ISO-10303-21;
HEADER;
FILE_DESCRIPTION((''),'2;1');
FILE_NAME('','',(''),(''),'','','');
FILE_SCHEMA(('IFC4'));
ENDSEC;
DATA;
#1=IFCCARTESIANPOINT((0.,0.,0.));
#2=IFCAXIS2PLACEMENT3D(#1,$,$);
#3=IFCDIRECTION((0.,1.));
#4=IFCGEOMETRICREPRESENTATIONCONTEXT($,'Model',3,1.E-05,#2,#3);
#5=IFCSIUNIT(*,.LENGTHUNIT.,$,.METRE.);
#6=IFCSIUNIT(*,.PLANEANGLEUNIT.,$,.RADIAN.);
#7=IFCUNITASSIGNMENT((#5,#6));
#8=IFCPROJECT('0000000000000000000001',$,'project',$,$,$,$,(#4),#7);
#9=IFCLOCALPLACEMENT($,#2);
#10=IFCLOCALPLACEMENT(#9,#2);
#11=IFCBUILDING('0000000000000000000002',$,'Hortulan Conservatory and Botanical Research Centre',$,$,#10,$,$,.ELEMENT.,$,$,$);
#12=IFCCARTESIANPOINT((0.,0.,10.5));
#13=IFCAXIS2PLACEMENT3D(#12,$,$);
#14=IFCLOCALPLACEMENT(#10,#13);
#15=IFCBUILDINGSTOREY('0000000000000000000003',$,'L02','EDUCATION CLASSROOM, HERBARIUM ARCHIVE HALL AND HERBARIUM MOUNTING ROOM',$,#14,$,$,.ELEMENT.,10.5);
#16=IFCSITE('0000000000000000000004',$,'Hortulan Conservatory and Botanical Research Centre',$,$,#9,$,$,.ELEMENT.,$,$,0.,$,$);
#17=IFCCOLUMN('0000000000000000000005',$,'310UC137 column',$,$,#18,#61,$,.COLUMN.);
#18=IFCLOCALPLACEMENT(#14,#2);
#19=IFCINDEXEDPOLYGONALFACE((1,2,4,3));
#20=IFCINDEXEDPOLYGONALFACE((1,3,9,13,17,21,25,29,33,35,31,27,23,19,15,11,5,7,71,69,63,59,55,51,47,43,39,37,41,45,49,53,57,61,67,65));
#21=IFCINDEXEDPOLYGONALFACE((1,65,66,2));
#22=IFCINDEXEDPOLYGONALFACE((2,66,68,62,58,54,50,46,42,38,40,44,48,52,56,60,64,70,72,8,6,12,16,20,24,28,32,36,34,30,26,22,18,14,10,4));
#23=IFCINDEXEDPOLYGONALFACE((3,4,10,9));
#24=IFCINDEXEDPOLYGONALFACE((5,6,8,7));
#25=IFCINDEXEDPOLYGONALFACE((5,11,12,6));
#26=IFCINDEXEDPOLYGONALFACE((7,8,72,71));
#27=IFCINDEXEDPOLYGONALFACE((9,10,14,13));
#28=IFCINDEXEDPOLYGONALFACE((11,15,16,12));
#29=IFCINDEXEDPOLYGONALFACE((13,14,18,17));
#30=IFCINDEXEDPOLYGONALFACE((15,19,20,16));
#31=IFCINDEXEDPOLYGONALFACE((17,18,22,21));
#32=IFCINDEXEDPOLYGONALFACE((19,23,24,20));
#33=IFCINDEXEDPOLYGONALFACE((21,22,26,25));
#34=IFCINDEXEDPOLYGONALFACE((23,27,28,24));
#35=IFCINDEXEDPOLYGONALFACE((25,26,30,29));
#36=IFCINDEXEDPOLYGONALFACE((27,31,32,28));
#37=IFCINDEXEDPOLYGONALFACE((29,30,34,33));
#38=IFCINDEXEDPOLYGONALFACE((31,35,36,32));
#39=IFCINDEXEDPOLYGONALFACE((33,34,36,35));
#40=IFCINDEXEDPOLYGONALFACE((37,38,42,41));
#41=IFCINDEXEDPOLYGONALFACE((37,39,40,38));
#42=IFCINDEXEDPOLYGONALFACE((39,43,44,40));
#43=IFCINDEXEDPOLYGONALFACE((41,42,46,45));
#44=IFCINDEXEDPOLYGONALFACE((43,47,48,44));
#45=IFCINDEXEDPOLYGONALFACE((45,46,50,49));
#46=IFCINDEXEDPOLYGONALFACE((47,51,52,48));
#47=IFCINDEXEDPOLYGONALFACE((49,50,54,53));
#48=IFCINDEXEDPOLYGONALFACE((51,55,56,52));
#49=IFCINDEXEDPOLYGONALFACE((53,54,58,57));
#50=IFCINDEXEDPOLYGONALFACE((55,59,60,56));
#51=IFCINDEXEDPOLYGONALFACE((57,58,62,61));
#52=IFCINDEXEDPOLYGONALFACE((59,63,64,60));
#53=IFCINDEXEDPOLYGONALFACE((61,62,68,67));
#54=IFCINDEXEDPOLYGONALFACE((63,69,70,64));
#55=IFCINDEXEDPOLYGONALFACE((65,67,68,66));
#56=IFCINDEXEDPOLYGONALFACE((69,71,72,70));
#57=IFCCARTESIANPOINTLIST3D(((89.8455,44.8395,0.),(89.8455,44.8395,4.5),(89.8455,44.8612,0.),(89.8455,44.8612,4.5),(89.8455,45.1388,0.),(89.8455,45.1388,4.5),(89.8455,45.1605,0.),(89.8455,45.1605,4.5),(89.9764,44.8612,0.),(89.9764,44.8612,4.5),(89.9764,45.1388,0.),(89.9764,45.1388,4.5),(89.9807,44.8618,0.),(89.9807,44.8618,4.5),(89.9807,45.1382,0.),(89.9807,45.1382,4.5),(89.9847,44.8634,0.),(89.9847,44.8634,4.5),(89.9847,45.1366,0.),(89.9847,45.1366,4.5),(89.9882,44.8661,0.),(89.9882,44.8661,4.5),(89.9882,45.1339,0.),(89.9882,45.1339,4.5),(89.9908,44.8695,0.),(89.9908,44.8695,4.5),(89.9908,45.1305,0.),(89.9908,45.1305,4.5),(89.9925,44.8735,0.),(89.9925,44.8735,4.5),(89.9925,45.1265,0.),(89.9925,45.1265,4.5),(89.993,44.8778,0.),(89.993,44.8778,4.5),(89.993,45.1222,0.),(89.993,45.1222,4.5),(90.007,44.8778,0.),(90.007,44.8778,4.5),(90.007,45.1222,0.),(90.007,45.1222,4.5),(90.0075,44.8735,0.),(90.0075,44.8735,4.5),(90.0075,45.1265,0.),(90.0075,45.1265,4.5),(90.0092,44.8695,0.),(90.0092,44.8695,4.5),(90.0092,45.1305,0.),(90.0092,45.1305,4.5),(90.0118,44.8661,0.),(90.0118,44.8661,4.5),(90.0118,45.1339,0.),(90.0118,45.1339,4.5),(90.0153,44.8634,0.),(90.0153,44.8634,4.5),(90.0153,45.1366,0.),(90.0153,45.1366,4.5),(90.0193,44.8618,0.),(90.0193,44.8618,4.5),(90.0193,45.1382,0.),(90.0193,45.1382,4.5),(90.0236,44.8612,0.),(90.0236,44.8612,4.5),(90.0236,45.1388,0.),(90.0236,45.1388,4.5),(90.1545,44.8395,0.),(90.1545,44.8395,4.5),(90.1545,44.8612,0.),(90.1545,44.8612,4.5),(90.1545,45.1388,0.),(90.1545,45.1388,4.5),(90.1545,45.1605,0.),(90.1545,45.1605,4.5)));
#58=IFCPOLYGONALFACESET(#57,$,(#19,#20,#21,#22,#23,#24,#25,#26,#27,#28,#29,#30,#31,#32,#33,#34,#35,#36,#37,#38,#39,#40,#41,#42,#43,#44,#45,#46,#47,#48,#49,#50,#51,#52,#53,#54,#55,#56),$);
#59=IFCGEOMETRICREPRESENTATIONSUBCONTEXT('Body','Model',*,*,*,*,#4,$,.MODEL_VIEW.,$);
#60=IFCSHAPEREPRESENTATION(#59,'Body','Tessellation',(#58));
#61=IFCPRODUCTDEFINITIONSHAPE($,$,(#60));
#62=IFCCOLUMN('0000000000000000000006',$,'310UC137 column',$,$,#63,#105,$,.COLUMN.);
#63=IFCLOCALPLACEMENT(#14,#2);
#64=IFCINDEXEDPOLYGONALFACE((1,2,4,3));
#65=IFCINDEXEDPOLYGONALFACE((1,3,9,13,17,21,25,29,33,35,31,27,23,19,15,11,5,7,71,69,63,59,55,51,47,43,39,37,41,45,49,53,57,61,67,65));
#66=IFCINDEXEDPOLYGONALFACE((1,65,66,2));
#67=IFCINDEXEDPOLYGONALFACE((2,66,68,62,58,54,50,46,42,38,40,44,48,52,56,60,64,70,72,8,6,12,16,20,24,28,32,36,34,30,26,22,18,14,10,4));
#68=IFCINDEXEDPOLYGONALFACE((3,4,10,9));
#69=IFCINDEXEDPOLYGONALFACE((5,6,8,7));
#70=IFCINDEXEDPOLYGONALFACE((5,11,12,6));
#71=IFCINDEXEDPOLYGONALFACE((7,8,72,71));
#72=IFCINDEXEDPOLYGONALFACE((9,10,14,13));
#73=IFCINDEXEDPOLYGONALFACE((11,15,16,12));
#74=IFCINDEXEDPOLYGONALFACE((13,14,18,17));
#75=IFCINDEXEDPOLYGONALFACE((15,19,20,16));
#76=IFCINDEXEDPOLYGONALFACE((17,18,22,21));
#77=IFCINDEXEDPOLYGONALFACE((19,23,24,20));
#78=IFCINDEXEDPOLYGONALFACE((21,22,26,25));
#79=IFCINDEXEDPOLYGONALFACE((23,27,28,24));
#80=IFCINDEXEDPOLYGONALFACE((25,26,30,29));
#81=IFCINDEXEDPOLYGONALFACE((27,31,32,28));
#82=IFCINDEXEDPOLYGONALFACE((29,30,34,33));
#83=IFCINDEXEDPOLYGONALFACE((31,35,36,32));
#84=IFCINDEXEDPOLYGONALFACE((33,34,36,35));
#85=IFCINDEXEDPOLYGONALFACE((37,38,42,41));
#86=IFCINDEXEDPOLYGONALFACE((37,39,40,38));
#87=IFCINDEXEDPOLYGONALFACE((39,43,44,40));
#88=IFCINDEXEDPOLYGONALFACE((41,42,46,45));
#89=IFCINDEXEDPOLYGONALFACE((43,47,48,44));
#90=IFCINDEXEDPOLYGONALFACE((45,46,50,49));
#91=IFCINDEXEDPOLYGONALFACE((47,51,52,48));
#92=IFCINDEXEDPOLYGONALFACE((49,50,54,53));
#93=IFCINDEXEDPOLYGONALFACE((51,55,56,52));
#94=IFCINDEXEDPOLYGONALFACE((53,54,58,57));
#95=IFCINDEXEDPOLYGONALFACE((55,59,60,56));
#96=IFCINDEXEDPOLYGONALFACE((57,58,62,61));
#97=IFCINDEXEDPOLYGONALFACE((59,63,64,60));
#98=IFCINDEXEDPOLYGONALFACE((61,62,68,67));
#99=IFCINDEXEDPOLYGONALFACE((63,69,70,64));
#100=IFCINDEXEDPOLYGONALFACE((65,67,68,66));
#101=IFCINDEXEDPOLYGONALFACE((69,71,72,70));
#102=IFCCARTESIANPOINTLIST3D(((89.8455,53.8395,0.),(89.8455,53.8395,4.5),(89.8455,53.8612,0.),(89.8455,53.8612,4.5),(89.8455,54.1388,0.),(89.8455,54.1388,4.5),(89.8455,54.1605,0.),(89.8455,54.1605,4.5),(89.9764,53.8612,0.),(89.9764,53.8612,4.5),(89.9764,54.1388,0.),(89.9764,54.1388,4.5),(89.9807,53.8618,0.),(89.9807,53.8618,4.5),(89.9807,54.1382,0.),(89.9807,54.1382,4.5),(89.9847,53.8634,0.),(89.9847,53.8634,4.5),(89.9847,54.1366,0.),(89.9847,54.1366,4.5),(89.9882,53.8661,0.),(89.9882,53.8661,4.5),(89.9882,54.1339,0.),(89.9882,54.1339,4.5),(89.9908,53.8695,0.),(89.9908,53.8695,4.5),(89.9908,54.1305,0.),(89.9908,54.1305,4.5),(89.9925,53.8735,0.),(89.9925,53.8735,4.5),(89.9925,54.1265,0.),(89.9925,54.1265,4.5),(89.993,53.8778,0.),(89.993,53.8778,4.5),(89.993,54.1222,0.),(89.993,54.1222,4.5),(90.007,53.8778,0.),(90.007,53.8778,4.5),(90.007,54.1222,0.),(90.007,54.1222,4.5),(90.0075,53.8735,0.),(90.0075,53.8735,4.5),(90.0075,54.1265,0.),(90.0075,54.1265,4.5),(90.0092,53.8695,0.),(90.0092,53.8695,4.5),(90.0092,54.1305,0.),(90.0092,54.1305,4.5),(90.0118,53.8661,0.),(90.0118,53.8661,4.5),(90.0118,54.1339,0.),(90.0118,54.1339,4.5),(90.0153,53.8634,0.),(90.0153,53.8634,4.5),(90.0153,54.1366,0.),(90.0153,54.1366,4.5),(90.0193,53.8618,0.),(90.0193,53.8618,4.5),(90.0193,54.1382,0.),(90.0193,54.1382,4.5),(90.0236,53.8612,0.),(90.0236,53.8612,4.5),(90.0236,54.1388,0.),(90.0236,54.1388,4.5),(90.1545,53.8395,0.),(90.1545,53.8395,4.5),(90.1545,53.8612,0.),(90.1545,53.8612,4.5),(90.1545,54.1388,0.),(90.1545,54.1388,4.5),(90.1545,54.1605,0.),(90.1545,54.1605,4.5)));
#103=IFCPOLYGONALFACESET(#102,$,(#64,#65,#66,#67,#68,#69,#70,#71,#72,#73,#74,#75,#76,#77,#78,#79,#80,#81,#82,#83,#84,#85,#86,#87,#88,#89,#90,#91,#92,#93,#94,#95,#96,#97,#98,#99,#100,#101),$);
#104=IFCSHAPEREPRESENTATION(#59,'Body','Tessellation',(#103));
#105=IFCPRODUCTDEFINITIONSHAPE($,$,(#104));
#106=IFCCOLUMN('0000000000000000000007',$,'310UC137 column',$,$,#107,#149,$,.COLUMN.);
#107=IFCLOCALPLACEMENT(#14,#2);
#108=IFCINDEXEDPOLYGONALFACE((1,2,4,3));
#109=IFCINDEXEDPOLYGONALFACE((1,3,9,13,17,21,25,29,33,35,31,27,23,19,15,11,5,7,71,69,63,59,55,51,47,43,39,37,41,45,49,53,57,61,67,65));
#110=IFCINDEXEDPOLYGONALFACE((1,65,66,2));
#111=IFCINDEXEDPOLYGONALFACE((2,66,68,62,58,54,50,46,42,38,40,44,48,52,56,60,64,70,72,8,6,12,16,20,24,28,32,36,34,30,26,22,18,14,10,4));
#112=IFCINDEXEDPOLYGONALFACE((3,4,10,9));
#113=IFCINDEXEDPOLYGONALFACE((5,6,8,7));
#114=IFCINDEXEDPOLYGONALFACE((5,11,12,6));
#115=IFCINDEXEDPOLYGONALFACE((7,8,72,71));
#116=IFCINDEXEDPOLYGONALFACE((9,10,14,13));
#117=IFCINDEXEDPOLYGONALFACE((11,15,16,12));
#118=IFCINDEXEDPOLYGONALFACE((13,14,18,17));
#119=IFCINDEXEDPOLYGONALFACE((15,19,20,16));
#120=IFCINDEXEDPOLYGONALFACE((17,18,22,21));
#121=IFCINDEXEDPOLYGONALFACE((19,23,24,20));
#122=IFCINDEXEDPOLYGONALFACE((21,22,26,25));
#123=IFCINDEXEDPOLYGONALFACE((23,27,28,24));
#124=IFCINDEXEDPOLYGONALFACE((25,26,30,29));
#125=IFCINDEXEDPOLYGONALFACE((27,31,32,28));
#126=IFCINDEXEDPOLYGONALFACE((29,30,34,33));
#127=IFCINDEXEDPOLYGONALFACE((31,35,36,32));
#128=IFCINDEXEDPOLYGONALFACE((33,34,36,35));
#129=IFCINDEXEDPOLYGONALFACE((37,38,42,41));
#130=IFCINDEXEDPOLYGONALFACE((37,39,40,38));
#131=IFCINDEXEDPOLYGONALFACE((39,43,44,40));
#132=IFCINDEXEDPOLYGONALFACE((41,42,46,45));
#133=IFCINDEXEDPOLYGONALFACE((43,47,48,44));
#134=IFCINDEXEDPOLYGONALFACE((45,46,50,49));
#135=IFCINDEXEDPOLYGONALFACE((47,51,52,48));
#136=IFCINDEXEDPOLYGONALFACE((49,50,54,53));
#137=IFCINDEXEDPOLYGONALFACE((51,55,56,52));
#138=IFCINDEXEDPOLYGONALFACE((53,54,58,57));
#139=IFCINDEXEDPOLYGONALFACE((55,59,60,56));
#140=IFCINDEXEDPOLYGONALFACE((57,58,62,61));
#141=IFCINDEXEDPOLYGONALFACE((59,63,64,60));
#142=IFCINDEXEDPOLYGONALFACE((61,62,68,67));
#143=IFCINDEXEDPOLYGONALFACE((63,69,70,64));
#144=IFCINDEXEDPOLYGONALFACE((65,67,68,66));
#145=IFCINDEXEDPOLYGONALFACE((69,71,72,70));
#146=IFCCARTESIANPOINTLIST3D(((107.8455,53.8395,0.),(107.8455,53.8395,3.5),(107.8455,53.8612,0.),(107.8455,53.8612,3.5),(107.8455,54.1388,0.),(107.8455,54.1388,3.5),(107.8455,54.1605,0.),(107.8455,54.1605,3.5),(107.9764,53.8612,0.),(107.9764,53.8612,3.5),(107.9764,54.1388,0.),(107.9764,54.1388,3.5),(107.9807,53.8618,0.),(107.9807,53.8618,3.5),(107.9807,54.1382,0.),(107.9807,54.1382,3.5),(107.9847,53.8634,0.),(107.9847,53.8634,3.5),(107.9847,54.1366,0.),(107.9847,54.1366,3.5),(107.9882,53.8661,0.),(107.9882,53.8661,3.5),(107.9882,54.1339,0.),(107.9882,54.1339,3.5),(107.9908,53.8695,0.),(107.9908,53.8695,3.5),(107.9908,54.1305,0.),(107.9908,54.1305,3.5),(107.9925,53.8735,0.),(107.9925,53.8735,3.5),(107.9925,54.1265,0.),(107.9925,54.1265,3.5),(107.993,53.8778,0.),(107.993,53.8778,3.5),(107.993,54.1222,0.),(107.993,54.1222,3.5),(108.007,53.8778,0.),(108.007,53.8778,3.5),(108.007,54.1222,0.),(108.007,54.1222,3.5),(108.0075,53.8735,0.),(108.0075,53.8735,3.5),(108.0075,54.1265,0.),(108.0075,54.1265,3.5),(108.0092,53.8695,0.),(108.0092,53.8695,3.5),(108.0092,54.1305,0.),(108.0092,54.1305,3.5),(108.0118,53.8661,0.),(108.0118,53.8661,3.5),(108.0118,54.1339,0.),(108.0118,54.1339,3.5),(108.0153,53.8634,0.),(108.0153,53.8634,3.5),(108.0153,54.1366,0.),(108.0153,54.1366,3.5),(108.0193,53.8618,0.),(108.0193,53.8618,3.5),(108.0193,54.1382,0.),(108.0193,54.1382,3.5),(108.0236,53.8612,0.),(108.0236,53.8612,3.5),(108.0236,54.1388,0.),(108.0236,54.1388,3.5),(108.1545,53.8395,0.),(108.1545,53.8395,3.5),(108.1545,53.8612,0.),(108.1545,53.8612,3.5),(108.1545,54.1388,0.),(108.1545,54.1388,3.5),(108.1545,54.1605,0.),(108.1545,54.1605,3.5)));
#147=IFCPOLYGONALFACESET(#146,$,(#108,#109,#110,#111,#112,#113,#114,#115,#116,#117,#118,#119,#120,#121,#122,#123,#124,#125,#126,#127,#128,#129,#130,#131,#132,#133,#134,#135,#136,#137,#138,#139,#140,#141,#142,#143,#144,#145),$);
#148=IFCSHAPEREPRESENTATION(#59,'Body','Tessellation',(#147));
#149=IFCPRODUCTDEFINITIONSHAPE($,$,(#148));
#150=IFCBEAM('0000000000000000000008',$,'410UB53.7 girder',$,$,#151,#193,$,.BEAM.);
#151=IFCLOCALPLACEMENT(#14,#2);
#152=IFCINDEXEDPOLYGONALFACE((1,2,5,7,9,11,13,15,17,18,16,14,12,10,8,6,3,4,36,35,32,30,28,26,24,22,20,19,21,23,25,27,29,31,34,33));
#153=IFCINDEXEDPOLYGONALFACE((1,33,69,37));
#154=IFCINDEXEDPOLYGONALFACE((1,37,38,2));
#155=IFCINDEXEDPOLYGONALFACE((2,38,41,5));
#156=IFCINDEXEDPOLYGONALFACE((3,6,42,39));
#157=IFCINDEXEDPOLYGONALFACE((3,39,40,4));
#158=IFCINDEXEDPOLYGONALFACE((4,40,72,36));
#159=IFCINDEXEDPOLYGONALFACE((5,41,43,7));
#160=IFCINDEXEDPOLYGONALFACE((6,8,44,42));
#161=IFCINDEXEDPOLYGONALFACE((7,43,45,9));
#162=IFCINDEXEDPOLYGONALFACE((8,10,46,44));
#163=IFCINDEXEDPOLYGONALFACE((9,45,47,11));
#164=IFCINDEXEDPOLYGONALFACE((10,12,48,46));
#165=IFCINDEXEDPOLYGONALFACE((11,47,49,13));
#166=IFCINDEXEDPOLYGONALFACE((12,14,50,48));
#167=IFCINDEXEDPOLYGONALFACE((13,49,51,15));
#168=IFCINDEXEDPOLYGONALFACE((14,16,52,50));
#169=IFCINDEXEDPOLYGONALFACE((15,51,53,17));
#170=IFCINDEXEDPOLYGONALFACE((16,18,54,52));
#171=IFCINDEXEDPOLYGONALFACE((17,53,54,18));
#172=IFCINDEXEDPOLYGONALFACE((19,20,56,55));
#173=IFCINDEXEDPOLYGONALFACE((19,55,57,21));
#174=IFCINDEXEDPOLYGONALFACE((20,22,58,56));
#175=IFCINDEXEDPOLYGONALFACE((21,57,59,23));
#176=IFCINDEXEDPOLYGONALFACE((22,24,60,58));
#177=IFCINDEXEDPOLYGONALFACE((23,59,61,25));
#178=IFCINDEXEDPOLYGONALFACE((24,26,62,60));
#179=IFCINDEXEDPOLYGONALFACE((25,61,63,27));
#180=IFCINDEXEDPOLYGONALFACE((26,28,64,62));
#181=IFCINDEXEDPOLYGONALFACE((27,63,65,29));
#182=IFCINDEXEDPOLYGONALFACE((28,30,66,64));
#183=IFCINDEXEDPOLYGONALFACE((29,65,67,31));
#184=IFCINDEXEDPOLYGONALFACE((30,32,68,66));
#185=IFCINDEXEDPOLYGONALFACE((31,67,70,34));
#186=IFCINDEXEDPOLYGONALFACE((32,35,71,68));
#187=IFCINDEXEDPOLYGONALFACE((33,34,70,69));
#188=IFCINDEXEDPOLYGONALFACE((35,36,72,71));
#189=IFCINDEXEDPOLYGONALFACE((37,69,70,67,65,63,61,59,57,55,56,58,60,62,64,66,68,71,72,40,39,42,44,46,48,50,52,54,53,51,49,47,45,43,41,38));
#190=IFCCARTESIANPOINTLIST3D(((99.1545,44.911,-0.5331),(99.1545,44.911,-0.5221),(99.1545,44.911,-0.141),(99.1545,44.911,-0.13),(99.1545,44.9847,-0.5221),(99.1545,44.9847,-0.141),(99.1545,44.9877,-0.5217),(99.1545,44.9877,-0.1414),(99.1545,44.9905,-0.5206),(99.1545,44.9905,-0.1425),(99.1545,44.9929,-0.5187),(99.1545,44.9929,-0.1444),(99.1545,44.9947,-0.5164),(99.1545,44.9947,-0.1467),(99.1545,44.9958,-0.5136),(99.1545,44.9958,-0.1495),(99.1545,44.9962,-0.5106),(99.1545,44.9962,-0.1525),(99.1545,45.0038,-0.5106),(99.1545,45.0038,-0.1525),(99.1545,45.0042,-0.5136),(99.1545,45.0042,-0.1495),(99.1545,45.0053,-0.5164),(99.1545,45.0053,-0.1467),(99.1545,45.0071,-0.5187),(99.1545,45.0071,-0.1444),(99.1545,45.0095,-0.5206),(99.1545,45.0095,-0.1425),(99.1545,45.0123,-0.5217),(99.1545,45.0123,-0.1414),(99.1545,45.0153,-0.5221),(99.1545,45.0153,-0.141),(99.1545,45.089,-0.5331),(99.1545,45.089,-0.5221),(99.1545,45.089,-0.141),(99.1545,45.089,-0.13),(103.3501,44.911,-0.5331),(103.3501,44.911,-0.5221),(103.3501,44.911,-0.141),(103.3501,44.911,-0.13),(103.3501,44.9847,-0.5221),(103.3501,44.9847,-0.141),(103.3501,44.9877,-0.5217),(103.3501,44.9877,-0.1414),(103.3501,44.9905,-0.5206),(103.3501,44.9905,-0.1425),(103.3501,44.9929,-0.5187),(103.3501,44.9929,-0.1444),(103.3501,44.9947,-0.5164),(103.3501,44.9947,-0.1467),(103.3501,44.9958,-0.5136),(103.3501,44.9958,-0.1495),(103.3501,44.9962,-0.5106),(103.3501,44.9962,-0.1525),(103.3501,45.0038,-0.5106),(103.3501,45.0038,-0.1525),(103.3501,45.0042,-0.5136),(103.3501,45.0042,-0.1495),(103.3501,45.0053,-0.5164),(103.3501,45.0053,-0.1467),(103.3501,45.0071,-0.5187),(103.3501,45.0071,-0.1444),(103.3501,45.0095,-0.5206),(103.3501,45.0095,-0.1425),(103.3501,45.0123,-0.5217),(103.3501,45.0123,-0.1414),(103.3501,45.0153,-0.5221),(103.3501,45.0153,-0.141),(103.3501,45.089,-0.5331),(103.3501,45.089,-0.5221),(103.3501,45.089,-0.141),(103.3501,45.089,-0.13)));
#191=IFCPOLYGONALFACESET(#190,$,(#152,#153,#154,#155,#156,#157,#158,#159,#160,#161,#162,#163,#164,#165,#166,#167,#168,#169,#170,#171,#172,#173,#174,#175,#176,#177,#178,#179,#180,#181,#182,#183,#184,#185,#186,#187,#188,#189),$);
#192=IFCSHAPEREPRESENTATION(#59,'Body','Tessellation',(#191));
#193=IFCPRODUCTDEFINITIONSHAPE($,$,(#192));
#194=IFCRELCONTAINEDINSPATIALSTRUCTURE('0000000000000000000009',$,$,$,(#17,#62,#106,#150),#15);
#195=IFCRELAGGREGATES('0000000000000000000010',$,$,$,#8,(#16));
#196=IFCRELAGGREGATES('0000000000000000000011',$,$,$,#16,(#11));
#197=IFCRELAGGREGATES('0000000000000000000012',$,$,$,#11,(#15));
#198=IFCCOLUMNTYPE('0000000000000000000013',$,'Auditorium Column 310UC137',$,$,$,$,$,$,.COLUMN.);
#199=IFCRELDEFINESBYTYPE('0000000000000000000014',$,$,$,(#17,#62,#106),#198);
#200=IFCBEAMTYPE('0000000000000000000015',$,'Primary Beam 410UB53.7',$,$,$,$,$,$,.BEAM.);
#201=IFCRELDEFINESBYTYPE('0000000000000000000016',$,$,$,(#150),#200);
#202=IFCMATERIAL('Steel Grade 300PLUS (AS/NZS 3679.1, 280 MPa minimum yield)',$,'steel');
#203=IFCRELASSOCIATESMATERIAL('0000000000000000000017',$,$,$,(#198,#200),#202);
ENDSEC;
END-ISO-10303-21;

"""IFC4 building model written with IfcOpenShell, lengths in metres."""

from ifc_helpers import new_model, si_unit, direction, frame, origin, origin_2d, place, context, subcontext, project, spatial, i_section, extrude, material, material_profile, profile_set, type_object, element, save


model = new_model("IFC4")

# Units and contexts
model_context = context("Model", 3, precision=1e-05, world=origin(), true_north=direction((0.0, 1.0)))
body_context = subcontext(model_context, "Body", "Model", "MODEL_VIEW")
ifc_project = project(units=[si_unit("LENGTHUNIT", "METRE"), si_unit("PLANEANGLEUNIT", "RADIAN")], contexts=[model_context])

# Site, building, storey
site_placement = place(None, origin())
site = spatial("IfcSite", under=ifc_project, at=site_placement, Name="Hortulan Conservatory and Botanical Research Centre", CompositionType="ELEMENT", RefElevation=0.0)
building_placement = place(site_placement, origin())
building = spatial("IfcBuilding", under=site, at=building_placement, Name="Hortulan Conservatory and Botanical Research Centre", CompositionType="ELEMENT")
storey_placement = place(building_placement, frame((0.0, 0.0, 10.5)))
storey = spatial("IfcBuildingStorey", under=building, at=storey_placement, Name="L02", Description="EDUCATION CLASSROOM, HERBARIUM ARCHIVE HALL AND HERBARIUM MOUNTING ROOM", CompositionType="ELEMENT", Elevation=10.5)

# Columns
ifc_material_1 = material(Name="Steel Grade 300PLUS (AS/NZS 3679.1, 280 MPa minimum yield)", Category="steel")
ifc_material_profile_1 = material_profile(ifc_material_1, i_section(OverallWidth=0.3091, OverallDepth=0.321, WebThickness=0.0139, FlangeThickness=0.0217, FilletRadius=0.0166, at=origin_2d()), Name="310UC137")
ifc_profile_set_1 = profile_set([ifc_material_profile_1], Name="Steel Grade 300PLUS (AS/NZS 3679.1, 280 MPa minimum yield)")
column_type = type_object("IfcColumnType", Name="Auditorium Column 310UC137", PredefinedType="COLUMN", material=ifc_profile_set_1)
for number, where, z_axis, x_axis, name in (
    (1, (90.0, 45.0, 0.0), (0.0, 0.0, 1.0), (1.0, 0.0, 0.0), "310UC137 column"),
    (2, (90.0, 54.0, 0.0), (0.0, 0.0, 1.0), (1.0, 0.0, 0.0), "310UC137 column"),
):
    element("IfcColumn", number, at=place(storey_placement, frame(where, z_axis=z_axis, x_axis=x_axis)), inside=storey, type_object=column_type, Name=name, PredefinedType="COLUMN", context=body_context, shape_type="SweptSolid", body=[
        extrude(i_section(OverallWidth=0.3091, OverallDepth=0.321, WebThickness=0.0139, FlangeThickness=0.0217, FilletRadius=0.0166, at=origin_2d()), origin(), (0.0, 0.0, 1.0), 4.5),
    ])
column_placement = place(storey_placement, frame((108.0, 54.0, 0.0), z_axis=(0.0, 0.0, 1.0), x_axis=(1.0, 0.0, 0.0)))
element("IfcColumn", 3, at=column_placement, inside=storey, type_object=column_type, Name="310UC137 column", PredefinedType="COLUMN", context=body_context, shape_type="SweptSolid", body=[
    extrude(i_section(OverallWidth=0.3091, OverallDepth=0.321, WebThickness=0.0139, FlangeThickness=0.0217, FilletRadius=0.0166, at=origin_2d()), origin(), (0.0, 0.0, 1.0), 3.5),
])

# Beam
ifc_material_profile_2 = material_profile(ifc_material_1, i_section(OverallWidth=0.178, OverallDepth=0.4031, WebThickness=0.0076, FlangeThickness=0.011, FilletRadius=0.0115, at=origin_2d()), Name="410UB53.7")
ifc_profile_set_2 = profile_set([ifc_material_profile_2], Name="Steel Grade 300PLUS (AS/NZS 3679.1, 280 MPa minimum yield)")
beam_type_1 = type_object("IfcBeamType", Name="Primary Beam 410UB53.7", PredefinedType="BEAM", material=ifc_profile_set_2)
beam_1_placement = place(storey_placement, frame((99.1545, 45.0, -0.3315), z_axis=(1.0, 0.0, 0.0), x_axis=(0.0, 1.0, 0.0)))
element("IfcBeam", 4, at=beam_1_placement, inside=storey, type_object=beam_type_1, Name="410UB53.7 girder", PredefinedType="BEAM", context=body_context, shape_type="SweptSolid", body=[
    extrude(i_section(OverallWidth=0.178, OverallDepth=0.4031, WebThickness=0.0076, FlangeThickness=0.011, FilletRadius=0.0115, at=origin_2d()), origin(), (0.0, 0.0, 1.0), 4.1956),
])

save(model, "model.ifc")
